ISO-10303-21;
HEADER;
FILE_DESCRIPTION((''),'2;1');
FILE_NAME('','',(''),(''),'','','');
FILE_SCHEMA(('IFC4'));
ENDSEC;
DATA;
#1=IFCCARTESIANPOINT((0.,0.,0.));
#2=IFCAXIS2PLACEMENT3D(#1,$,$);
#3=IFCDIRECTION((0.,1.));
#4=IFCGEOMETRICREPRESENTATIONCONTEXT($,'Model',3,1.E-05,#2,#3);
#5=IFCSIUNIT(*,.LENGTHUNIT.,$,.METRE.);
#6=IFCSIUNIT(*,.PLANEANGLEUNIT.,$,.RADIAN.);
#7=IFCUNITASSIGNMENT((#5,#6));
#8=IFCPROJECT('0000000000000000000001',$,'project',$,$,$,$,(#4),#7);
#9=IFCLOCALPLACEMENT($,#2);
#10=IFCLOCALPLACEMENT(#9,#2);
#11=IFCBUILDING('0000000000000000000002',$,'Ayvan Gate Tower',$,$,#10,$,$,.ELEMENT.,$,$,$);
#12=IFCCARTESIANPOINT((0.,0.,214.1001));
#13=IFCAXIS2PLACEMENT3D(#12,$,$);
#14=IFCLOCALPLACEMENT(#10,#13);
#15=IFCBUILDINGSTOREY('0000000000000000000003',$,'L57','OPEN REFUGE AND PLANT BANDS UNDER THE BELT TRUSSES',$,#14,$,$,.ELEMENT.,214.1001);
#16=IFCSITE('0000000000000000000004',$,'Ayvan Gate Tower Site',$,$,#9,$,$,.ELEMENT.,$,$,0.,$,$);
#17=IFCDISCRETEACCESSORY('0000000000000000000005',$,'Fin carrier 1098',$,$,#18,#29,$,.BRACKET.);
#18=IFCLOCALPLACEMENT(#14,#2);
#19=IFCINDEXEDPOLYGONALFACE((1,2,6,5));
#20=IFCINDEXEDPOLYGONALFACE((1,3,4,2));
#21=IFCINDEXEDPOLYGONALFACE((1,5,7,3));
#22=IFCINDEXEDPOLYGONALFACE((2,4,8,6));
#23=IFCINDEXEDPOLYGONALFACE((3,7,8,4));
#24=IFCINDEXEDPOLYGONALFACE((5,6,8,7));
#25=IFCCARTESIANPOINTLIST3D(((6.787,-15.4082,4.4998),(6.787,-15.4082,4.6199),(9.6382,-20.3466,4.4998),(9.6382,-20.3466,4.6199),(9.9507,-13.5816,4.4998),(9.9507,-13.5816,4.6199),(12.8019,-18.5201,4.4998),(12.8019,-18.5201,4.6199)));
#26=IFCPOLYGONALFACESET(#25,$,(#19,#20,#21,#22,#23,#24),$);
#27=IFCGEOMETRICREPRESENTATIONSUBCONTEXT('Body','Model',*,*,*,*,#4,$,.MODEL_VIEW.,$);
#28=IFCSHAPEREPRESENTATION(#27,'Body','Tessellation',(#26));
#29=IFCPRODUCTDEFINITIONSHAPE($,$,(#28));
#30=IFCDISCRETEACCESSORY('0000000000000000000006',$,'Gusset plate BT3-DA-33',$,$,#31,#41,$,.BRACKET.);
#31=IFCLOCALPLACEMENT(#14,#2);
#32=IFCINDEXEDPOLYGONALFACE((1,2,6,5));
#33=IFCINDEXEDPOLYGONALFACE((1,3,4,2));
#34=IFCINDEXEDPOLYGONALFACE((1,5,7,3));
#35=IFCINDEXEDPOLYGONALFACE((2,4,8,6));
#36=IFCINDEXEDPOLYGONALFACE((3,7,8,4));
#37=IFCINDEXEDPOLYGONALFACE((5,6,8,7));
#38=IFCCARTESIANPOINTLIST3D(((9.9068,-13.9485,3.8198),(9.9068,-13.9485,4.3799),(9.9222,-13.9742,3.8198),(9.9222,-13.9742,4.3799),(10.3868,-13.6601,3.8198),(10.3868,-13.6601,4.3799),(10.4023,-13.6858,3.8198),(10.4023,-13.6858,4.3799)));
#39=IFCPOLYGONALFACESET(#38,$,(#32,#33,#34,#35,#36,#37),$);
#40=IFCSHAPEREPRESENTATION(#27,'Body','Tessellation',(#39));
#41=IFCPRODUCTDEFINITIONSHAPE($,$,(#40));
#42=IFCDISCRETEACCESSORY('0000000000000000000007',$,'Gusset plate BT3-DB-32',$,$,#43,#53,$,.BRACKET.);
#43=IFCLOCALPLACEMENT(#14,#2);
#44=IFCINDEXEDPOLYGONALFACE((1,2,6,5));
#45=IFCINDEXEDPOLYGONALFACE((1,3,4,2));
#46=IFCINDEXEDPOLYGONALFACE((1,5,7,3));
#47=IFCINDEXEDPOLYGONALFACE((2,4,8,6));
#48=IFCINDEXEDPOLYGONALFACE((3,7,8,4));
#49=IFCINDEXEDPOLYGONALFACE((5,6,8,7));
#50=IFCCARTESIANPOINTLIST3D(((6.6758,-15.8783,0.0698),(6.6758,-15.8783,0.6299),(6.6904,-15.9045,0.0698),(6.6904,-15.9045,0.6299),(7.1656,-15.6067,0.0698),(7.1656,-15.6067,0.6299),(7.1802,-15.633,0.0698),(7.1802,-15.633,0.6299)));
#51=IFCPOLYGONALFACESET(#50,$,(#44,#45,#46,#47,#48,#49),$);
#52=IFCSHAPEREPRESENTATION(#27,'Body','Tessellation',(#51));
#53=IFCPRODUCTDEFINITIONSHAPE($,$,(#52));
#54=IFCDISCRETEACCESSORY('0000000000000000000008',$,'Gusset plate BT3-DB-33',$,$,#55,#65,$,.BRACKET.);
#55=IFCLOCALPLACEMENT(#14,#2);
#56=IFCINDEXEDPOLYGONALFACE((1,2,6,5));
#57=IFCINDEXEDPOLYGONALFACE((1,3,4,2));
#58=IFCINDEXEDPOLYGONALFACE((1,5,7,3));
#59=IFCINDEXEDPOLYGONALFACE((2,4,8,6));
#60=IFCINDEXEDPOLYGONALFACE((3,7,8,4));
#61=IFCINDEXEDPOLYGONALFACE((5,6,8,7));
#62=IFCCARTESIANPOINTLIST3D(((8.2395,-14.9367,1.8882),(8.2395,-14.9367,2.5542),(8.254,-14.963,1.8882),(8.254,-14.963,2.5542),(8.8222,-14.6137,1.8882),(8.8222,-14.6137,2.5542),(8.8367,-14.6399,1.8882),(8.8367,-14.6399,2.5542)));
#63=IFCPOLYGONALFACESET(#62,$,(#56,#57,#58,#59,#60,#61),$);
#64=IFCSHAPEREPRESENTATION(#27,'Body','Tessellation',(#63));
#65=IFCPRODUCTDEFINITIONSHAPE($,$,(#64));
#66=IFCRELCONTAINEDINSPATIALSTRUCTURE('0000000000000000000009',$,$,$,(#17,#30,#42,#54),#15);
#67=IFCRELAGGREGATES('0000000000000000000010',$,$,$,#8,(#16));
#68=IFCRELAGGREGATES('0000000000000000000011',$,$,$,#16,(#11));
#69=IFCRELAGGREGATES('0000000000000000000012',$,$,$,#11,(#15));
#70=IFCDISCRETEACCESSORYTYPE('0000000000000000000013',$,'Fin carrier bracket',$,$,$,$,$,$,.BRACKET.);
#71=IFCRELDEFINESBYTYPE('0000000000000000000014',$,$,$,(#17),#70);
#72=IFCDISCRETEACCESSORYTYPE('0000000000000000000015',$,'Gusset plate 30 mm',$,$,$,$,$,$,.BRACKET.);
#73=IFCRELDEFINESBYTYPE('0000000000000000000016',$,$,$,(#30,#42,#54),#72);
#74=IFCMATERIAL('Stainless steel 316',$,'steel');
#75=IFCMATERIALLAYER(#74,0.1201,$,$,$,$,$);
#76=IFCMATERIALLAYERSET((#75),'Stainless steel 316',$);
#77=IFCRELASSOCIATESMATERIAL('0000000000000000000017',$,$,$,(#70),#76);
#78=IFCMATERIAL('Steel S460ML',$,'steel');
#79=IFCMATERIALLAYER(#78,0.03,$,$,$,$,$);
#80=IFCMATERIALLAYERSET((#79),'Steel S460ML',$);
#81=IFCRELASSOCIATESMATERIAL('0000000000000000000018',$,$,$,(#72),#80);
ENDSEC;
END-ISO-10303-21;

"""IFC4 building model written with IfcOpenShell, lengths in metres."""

from ifc_helpers import new_model, si_unit, direction, frame, origin, origin_2d, place, context, subcontext, project, spatial, rectangle, extrude, material, layer, layer_set, type_object, element, save


model = new_model("IFC4")

# Units and contexts
model_context = context("Model", 3, precision=1e-05, world=origin(), true_north=direction((0.0, 1.0)))
body_context = subcontext(model_context, "Body", "Model", "MODEL_VIEW")
ifc_project = project(units=[si_unit("LENGTHUNIT", "METRE"), si_unit("PLANEANGLEUNIT", "RADIAN")], contexts=[model_context])

# Site, building, storey
site_placement = place(None, origin())
site = spatial("IfcSite", under=ifc_project, at=site_placement, Name="Ayvan Gate Tower Site", CompositionType="ELEMENT", RefElevation=0.0)
building_placement = place(site_placement, origin())
building = spatial("IfcBuilding", under=site, at=building_placement, Name="Ayvan Gate Tower", CompositionType="ELEMENT")
storey_placement = place(building_placement, frame((0.0, 0.0, 214.1001)))
storey = spatial("IfcBuildingStorey", under=building, at=storey_placement, Name="L57", Description="OPEN REFUGE AND PLANT BANDS UNDER THE BELT TRUSSES", CompositionType="ELEMENT", Elevation=214.1001)

# Shared definitions
ifc_material_1 = material(Name="Steel S460ML", Category="steel")

# Discrete accessories
ifc_material_2 = material(Name="Stainless steel 316", Category="steel")
ifc_layer_1 = layer(ifc_material_2, 0.1201)
ifc_layer_set_1 = layer_set([ifc_layer_1], Name="Stainless steel 316")
discrete_accessory_type_1 = type_object("IfcDiscreteAccessoryType", Name="Fin carrier bracket", PredefinedType="BRACKET", material=ifc_layer_set_1)
discrete_accessory_1_placement = place(storey_placement, frame((9.7944, -16.9641, 4.4998), z_axis=(0.0, 0.0, 1.0), x_axis=(0.866025, 0.5, 0.0)))
element("IfcDiscreteAccessory", 1, at=discrete_accessory_1_placement, inside=storey, type_object=discrete_accessory_type_1, Name="Fin carrier 1098", PredefinedType="BRACKET", context=body_context, shape_type="SweptSolid", body=[
    extrude(rectangle(XDim=3.6531, YDim=5.7024, at=origin_2d()), origin(), (0.0, 0.0, 1.0), 0.1201),
])
ifc_layer_2 = layer(ifc_material_1, 0.03)
ifc_layer_set_2 = layer_set([ifc_layer_2], Name="Steel S460ML")
discrete_accessory_type_2 = type_object("IfcDiscreteAccessoryType", Name="Gusset plate 30 mm", PredefinedType="BRACKET", material=ifc_layer_set_2)
for number, where, z_axis, x_axis, name in (
    (2, (10.1545, -13.8171, 3.8198), (0.0, 0.0, 1.0), (0.8572, 0.514984, 0.0), "Gusset plate BT3-DA-33"),
    (3, (6.928, -15.7556, 0.0698), (0.0, 0.0, 1.0), (0.874555, 0.484926, 0.0), "Gusset plate BT3-DB-32"),
):
    element("IfcDiscreteAccessory", number, at=place(storey_placement, frame(where, z_axis=z_axis, x_axis=x_axis)), inside=storey, type_object=discrete_accessory_type_2, Name=name, PredefinedType="BRACKET", context=body_context, shape_type="SweptSolid", body=[
        extrude(rectangle(XDim=0.5601, YDim=0.03, at=origin_2d()), origin(), (0.0, 0.0, 1.0), 0.5601),
    ])
discrete_accessory_2_placement = place(storey_placement, frame((8.5381, -14.7883, 1.8882), z_axis=(0.0, 0.0, 1.0), x_axis=(0.874589, 0.484865, 0.0)))
element("IfcDiscreteAccessory", 4, at=discrete_accessory_2_placement, inside=storey, type_object=discrete_accessory_type_2, Name="Gusset plate BT3-DB-33", PredefinedType="BRACKET", context=body_context, shape_type="SweptSolid", body=[
    extrude(rectangle(XDim=0.6663, YDim=0.03, at=origin_2d()), origin(), (0.0, 0.0, 1.0), 0.666),
])

save(model, "model.ifc")
